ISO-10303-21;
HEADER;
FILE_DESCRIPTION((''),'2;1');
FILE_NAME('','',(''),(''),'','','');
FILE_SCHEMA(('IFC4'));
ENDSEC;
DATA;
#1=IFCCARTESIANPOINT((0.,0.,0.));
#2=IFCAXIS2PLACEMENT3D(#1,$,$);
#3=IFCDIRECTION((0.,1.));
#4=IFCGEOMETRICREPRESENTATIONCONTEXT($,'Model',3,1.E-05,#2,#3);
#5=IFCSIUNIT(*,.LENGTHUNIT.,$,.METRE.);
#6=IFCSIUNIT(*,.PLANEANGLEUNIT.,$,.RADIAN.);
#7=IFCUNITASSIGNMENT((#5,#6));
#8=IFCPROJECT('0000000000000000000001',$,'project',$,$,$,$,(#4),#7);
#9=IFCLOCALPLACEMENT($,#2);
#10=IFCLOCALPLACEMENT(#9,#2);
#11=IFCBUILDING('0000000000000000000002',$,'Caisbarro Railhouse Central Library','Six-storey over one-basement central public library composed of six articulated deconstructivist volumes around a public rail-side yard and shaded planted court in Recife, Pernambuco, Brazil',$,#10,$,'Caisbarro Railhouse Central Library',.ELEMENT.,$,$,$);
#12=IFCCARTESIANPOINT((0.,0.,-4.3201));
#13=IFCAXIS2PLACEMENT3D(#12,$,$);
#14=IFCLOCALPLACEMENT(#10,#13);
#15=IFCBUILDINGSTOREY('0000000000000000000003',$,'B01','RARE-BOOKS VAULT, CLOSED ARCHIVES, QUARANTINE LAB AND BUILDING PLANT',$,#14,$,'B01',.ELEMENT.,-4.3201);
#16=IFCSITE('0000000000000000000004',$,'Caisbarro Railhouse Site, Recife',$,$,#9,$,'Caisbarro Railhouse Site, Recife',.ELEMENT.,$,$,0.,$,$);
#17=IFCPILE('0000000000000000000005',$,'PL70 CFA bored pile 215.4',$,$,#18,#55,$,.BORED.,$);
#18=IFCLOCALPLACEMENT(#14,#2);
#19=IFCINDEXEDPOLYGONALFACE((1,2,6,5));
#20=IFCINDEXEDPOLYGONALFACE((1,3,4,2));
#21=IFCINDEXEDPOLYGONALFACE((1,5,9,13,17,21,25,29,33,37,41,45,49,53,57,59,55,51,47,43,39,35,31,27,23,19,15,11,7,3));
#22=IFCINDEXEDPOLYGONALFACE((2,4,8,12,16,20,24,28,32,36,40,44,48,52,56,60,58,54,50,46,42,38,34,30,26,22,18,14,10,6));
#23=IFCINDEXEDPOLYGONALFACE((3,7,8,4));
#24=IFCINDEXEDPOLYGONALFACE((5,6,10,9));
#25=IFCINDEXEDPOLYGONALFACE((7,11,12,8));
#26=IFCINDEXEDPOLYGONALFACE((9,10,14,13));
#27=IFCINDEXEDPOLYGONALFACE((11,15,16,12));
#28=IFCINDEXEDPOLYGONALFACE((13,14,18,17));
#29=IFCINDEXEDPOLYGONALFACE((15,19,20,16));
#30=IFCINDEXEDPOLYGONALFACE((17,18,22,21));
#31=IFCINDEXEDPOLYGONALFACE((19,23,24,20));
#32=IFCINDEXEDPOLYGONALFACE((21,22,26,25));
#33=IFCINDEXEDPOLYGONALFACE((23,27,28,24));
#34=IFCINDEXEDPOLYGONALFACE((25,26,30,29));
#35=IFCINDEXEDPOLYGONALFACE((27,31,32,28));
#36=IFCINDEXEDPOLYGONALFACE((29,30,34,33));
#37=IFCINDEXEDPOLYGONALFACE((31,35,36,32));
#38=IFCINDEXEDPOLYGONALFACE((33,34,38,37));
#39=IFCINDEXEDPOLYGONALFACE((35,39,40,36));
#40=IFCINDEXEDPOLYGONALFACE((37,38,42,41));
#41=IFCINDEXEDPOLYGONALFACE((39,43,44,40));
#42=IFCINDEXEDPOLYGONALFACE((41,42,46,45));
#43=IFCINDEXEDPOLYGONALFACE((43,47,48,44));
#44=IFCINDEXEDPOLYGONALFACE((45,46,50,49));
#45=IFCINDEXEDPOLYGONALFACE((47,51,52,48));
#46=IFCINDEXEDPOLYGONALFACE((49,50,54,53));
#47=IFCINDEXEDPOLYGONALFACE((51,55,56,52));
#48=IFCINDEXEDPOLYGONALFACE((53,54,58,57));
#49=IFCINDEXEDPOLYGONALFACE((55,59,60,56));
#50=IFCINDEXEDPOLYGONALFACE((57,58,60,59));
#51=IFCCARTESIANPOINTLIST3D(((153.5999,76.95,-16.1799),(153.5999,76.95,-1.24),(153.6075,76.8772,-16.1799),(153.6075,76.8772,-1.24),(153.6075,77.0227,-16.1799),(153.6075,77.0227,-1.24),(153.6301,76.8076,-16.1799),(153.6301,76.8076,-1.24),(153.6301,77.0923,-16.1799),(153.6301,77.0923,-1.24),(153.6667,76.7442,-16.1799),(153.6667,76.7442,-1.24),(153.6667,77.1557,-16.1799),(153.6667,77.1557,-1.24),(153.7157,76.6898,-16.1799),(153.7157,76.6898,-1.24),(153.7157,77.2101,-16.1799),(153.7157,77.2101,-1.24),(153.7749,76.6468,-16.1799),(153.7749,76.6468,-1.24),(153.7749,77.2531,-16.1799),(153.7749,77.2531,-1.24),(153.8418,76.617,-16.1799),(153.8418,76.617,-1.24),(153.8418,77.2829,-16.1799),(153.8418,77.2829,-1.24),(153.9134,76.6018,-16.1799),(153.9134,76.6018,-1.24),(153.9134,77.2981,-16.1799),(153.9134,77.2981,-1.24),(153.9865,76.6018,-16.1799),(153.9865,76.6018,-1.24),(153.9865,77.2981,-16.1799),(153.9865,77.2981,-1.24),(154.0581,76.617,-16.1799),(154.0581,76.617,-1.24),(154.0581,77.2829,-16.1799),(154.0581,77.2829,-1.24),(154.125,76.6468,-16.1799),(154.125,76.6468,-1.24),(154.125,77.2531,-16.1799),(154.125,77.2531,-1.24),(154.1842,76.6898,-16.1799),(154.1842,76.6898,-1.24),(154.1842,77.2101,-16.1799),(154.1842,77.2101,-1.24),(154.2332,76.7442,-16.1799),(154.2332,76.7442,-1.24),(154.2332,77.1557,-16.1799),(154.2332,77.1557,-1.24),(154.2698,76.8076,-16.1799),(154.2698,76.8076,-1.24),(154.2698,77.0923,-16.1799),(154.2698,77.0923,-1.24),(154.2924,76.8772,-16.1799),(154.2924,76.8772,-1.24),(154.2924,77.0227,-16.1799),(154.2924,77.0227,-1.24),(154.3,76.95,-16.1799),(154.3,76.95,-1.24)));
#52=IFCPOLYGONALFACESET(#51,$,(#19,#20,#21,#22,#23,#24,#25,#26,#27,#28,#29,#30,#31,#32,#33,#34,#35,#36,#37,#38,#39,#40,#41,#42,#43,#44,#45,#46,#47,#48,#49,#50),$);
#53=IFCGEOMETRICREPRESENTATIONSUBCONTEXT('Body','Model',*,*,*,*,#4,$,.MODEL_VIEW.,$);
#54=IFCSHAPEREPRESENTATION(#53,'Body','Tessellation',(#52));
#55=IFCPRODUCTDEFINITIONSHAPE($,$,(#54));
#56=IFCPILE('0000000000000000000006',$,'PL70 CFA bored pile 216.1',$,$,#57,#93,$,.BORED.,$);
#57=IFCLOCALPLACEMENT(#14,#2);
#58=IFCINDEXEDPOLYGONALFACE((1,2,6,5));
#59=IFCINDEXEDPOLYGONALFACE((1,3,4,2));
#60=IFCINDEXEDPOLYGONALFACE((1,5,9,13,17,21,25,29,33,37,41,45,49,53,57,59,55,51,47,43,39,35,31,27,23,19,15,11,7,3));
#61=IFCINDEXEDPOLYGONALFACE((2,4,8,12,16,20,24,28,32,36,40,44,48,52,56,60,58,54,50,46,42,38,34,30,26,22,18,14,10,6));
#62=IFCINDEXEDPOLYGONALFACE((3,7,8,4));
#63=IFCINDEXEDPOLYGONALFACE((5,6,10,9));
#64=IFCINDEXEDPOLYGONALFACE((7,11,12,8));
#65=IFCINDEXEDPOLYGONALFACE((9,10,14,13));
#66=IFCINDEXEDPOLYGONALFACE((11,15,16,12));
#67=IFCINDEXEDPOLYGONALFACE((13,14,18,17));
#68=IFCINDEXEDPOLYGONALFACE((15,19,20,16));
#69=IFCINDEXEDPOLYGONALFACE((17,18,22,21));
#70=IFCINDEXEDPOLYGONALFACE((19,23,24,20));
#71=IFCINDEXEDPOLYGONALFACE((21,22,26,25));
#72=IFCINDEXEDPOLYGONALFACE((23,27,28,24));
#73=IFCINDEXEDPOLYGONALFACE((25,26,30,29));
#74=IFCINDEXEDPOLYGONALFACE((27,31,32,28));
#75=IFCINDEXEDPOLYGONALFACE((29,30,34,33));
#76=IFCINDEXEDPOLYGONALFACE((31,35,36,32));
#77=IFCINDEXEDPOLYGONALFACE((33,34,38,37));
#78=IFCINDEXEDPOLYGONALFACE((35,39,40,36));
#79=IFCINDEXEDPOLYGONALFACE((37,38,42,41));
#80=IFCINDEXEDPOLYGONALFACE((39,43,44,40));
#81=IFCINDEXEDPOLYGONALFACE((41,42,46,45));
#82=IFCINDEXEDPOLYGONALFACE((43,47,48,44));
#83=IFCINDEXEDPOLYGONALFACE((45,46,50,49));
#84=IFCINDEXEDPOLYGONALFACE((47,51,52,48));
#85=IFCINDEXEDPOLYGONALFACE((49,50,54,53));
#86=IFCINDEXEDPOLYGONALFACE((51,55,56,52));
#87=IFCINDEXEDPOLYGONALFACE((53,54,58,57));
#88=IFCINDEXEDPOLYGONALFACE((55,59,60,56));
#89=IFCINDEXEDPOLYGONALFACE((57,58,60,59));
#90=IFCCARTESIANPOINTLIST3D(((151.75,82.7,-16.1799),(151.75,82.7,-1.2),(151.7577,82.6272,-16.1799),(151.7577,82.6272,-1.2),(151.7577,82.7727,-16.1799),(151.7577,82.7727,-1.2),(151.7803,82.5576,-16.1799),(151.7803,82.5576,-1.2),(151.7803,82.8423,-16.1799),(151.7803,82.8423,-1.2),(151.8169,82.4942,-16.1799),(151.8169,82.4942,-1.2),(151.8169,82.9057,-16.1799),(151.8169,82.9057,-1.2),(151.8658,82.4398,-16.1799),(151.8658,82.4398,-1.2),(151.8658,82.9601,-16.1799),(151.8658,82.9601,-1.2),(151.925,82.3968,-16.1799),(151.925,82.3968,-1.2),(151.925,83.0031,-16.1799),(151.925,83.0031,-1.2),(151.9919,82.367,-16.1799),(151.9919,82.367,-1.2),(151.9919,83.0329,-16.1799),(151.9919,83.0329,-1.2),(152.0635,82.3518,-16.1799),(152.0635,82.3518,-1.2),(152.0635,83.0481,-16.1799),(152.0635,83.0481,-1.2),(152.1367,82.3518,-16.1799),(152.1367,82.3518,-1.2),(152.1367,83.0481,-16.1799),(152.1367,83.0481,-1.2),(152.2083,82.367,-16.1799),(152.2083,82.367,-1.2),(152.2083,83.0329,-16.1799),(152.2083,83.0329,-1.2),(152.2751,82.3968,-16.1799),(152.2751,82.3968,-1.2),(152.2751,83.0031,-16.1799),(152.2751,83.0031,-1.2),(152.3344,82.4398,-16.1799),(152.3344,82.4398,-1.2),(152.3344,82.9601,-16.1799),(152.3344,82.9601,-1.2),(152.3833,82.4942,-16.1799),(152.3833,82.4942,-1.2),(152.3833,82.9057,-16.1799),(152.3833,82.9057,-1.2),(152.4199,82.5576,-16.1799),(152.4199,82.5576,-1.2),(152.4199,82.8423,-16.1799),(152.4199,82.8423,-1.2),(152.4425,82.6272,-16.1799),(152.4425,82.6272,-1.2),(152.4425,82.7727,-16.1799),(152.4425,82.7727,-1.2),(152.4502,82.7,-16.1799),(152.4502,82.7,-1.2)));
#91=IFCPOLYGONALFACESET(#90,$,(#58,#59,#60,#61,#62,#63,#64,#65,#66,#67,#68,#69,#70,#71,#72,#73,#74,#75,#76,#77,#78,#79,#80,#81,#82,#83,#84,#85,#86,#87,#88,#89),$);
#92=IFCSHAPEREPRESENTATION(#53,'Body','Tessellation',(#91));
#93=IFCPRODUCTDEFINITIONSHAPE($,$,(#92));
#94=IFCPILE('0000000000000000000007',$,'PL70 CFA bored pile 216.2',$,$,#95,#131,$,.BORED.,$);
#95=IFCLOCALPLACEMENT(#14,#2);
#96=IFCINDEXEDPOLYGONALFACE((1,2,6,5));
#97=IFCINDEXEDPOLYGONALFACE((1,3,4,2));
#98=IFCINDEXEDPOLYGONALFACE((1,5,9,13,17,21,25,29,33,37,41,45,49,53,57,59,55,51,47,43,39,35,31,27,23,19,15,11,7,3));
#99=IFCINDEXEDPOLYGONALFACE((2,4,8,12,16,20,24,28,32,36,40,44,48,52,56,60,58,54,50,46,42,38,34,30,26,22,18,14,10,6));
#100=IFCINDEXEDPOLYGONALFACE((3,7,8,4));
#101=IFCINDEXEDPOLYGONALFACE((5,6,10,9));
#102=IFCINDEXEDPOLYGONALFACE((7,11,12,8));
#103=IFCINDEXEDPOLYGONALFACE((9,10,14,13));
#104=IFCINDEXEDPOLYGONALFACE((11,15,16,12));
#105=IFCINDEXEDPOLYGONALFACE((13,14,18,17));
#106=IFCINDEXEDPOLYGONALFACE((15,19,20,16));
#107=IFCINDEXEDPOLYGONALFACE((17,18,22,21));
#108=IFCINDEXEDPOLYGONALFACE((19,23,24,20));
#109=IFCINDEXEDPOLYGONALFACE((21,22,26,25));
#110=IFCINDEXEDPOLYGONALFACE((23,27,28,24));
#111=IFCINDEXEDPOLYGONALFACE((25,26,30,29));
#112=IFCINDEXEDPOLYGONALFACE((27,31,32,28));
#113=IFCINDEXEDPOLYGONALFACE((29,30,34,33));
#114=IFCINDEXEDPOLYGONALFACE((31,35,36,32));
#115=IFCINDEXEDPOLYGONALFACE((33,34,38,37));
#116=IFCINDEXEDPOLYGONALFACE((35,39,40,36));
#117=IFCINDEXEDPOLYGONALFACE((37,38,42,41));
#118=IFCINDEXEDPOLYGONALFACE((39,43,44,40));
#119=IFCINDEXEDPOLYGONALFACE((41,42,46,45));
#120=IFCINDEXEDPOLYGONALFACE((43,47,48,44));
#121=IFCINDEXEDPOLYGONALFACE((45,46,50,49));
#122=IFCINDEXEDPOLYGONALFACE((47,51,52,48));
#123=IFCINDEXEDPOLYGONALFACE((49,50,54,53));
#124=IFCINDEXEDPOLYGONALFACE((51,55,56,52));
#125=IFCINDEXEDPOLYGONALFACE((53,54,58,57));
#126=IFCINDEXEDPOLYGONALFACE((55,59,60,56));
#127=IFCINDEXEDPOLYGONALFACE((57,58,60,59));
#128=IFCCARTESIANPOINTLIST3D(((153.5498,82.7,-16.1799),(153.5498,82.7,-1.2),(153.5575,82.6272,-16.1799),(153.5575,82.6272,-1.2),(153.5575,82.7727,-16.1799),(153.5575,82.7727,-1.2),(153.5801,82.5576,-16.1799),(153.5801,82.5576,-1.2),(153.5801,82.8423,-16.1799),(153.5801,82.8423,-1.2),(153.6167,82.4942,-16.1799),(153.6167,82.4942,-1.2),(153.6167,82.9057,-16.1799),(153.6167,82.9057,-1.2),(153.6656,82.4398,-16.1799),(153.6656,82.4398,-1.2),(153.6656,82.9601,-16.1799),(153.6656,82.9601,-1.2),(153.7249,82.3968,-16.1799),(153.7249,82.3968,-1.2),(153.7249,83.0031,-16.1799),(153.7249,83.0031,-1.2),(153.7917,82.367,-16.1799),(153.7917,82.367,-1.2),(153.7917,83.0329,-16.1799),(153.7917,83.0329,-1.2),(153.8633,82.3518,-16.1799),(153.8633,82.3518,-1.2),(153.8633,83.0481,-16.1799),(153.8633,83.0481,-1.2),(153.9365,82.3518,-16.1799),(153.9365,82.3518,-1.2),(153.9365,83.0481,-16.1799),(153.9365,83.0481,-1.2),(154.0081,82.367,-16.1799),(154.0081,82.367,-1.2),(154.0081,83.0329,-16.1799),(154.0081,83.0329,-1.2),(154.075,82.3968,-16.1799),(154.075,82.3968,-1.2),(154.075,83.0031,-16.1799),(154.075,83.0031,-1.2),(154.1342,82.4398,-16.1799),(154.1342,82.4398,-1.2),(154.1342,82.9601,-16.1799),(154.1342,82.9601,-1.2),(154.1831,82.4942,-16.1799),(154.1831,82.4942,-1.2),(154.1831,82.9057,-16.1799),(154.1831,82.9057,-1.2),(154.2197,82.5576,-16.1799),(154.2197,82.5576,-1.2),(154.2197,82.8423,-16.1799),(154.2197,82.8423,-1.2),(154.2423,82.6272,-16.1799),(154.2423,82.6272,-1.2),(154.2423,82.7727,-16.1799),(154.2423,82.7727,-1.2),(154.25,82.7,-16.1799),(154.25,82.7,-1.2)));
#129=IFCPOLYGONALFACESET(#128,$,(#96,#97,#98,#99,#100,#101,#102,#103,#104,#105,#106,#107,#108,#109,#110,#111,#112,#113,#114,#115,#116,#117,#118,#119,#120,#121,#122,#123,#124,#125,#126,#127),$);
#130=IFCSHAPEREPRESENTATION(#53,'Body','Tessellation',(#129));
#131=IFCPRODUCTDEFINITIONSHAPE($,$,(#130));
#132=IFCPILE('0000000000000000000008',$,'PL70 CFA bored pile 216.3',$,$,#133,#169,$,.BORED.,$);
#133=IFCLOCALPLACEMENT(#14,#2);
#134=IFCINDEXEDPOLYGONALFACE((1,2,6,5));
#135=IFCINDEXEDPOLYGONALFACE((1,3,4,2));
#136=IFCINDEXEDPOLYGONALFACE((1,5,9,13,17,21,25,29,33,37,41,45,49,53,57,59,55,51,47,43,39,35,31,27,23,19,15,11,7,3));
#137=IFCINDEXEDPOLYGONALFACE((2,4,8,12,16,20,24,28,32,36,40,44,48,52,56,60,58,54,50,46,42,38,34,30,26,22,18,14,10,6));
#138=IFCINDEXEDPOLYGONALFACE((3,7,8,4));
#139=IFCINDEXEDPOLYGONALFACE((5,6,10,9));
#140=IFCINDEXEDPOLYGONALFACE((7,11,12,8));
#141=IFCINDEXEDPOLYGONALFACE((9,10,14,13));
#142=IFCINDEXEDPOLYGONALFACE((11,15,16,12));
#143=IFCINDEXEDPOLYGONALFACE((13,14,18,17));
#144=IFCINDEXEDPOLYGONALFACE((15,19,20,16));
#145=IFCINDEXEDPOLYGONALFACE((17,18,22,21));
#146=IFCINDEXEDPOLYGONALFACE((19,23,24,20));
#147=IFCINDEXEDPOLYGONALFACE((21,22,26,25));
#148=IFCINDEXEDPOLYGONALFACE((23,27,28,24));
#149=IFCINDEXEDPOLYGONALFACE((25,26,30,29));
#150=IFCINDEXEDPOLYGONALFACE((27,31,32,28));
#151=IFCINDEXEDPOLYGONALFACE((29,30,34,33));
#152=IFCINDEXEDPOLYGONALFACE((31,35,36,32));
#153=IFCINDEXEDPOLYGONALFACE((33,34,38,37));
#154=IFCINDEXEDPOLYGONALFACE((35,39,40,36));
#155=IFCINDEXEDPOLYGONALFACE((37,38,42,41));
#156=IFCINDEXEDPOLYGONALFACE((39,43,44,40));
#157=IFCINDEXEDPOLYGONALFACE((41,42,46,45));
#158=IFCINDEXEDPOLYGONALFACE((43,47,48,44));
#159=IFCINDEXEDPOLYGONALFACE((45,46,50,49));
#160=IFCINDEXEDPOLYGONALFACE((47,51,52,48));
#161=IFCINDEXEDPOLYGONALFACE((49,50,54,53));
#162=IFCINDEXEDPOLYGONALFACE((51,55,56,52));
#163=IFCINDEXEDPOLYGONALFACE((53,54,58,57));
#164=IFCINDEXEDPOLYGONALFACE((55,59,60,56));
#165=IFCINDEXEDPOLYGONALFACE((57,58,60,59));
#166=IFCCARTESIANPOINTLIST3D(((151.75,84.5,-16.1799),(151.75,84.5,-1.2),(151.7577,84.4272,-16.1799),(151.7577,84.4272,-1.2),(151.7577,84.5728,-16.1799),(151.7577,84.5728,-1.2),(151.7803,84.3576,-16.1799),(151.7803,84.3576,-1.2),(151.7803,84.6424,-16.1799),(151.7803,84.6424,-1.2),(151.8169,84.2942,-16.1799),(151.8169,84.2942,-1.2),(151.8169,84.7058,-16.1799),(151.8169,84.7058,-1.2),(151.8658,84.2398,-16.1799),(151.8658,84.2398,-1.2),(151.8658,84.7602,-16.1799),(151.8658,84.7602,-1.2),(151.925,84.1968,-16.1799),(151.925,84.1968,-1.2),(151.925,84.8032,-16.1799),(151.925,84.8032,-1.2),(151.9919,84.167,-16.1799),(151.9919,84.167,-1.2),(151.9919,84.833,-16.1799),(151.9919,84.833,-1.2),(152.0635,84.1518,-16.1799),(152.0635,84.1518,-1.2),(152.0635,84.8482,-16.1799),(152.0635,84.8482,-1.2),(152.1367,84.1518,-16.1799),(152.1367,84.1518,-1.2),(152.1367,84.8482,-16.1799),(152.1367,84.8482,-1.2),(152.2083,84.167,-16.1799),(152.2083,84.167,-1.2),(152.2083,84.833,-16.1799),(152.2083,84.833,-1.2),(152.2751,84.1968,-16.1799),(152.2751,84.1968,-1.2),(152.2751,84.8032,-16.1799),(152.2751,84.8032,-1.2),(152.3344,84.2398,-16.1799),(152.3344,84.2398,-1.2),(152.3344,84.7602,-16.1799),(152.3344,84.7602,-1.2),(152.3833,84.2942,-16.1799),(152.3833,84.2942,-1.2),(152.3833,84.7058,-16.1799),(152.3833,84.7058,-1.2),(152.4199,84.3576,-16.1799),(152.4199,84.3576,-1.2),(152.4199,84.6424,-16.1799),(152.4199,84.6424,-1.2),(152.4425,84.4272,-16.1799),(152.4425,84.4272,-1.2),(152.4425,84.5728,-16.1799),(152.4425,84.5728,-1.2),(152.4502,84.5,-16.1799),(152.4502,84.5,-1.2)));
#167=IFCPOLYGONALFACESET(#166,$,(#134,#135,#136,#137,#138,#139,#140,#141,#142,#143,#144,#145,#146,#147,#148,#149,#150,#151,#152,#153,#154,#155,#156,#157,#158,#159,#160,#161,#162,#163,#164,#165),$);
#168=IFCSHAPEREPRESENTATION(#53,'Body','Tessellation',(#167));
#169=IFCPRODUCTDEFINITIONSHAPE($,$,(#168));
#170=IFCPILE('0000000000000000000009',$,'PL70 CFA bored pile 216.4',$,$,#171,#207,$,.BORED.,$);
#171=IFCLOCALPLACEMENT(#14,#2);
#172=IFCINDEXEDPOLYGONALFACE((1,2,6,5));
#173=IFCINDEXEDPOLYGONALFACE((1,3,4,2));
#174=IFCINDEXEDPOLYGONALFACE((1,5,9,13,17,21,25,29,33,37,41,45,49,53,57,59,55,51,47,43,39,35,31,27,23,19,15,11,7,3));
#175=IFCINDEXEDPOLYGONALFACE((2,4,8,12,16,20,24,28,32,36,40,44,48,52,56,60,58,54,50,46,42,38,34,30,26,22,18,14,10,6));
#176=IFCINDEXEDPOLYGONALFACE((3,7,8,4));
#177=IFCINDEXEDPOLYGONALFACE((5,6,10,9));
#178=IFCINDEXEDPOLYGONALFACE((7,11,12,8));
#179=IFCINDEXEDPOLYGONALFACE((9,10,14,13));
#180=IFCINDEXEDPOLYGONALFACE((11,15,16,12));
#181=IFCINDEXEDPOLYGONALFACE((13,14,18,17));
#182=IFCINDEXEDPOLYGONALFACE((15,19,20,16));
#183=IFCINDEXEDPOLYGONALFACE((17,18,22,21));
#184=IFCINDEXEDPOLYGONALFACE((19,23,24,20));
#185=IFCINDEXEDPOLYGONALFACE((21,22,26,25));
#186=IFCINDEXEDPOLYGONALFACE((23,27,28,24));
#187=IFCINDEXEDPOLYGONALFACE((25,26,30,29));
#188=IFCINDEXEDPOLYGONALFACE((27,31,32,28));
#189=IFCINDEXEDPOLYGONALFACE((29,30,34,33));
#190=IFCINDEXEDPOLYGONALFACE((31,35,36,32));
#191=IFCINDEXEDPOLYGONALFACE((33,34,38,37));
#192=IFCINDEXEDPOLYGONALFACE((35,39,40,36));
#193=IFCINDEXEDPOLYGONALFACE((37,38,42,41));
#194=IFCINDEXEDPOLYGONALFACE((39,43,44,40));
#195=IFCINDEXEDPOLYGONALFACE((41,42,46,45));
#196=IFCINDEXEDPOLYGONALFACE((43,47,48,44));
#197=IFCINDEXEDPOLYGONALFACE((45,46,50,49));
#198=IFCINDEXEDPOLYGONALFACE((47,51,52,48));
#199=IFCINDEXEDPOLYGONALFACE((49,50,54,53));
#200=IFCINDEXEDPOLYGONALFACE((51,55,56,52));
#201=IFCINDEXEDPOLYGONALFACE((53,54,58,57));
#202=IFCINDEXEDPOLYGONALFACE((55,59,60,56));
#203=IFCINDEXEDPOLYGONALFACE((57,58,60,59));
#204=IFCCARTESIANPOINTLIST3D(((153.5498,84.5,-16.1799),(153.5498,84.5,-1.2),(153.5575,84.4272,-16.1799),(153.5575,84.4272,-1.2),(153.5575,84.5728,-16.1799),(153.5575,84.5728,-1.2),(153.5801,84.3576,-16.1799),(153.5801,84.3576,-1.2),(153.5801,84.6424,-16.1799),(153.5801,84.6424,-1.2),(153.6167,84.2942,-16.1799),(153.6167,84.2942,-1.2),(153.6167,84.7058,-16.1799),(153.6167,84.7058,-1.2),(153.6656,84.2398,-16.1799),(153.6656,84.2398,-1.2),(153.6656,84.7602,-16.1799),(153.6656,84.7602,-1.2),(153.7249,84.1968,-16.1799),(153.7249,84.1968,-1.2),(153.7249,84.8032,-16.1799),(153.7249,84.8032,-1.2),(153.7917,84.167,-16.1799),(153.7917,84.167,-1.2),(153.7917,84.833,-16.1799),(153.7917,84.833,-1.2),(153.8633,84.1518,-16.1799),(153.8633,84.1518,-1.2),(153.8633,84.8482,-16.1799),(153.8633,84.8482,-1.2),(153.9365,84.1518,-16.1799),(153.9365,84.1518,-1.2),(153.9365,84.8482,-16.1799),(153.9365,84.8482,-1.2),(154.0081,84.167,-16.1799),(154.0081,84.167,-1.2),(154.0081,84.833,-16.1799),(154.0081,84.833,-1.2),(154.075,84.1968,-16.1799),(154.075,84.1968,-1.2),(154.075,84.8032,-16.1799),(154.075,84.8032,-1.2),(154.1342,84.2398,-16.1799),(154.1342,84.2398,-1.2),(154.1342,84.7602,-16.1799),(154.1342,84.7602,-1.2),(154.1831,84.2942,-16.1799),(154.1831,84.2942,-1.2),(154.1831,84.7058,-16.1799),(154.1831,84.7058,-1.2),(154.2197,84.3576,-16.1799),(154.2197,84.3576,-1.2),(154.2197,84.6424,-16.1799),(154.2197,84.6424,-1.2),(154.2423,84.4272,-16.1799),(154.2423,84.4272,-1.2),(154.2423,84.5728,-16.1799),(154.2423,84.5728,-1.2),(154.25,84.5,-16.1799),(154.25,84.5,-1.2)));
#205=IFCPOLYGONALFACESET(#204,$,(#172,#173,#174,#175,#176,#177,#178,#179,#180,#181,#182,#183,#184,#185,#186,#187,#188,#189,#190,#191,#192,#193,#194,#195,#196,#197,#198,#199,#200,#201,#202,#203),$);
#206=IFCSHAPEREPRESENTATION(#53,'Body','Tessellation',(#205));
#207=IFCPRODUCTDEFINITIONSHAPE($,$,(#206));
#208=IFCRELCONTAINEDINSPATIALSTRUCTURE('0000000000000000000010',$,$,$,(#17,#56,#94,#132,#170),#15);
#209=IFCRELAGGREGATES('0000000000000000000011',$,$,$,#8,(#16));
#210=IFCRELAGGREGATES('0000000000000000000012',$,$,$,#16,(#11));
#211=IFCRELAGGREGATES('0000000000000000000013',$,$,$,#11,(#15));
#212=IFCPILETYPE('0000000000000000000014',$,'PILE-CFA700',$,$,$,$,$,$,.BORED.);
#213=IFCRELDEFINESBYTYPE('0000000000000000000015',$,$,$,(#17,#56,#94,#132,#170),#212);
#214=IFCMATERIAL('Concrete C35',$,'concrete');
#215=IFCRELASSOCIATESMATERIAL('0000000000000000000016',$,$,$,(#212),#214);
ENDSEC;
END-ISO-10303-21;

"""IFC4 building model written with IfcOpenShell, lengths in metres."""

from ifc_helpers import new_model, si_unit, direction, frame, origin, origin_2d, place, context, subcontext, project, spatial, circle, extrude, material, material_profile, profile_set, type_object, element, save


model = new_model("IFC4")

# Units and contexts
model_context = context("Model", 3, precision=1e-05, world=origin(), true_north=direction((0.0, 1.0)))
body_context = subcontext(model_context, "Body", "Model", "MODEL_VIEW")
ifc_project = project(units=[si_unit("LENGTHUNIT", "METRE"), si_unit("PLANEANGLEUNIT", "RADIAN")], contexts=[model_context])

# Site, building, storey
site_placement = place(None, origin())
site = spatial("IfcSite", under=ifc_project, at=site_placement, Name="Caisbarro Railhouse Site, Recife", LongName="Caisbarro Railhouse Site, Recife", CompositionType="ELEMENT", RefElevation=0.0)
building_placement = place(site_placement, origin())
building = spatial("IfcBuilding", under=site, at=building_placement, Name="Caisbarro Railhouse Central Library", Description="Six-storey over one-basement central public library composed of six articulated deconstructivist volumes around a public rail-side yard and shaded planted court in Recife, Pernambuco, Brazil", LongName="Caisbarro Railhouse Central Library", CompositionType="ELEMENT")
storey_placement = place(building_placement, frame((0.0, 0.0, -4.3201)))
storey = spatial("IfcBuildingStorey", under=building, at=storey_placement, Name="B01", Description="RARE-BOOKS VAULT, CLOSED ARCHIVES, QUARANTINE LAB AND BUILDING PLANT", LongName="B01", CompositionType="ELEMENT", Elevation=-4.3201)

# Shared definitions
ifc_material_1 = material(Name="Concrete C35", Category="concrete")

# Piles
ifc_material_profile_1 = material_profile(ifc_material_1, circle(Radius=0.3501, at=origin_2d()), Name="PILE-CFA-700")
ifc_profile_set_1 = profile_set([ifc_material_profile_1], Name="Concrete C35")
pile_type_1 = type_object("IfcPileType", Name="PILE-CFA700", PredefinedType="BORED", material=ifc_profile_set_1)
for number, where, z_axis, x_axis, name in (
    (1, (153.95, 76.95, -1.24), (0.0, 0.0, -1.0), (1.0, 0.0, 0.0), "PL70 CFA bored pile 215.4"),
):
    element("IfcPile", number, at=place(storey_placement, frame(where, z_axis=z_axis, x_axis=x_axis)), inside=storey, type_object=pile_type_1, Name=name, PredefinedType="BORED", context=body_context, shape_type="SweptSolid", body=[
        extrude(circle(Radius=0.3501, at=origin_2d()), origin(), (0.0, 0.0, 1.0), 14.9399),
    ])
for number, where, z_axis, x_axis, name in (
    (2, (152.1001, 82.7, -1.2), (0.0, 0.0, -1.0), (1.0, 0.0, 0.0), "PL70 CFA bored pile 216.1"),
    (3, (153.8999, 82.7, -1.2), (0.0, 0.0, -1.0), (1.0, 0.0, 0.0), "PL70 CFA bored pile 216.2"),
    (4, (152.1001, 84.5, -1.2), (0.0, 0.0, -1.0), (1.0, 0.0, 0.0), "PL70 CFA bored pile 216.3"),
    (5, (153.8999, 84.5, -1.2), (0.0, 0.0, -1.0), (1.0, 0.0, 0.0), "PL70 CFA bored pile 216.4"),
):
    element("IfcPile", number, at=place(storey_placement, frame(where, z_axis=z_axis, x_axis=x_axis)), inside=storey, type_object=pile_type_1, Name=name, PredefinedType="BORED", context=body_context, shape_type="SweptSolid", body=[
        extrude(circle(Radius=0.3501, at=origin_2d()), origin(), (0.0, 0.0, 1.0), 14.98),
    ])

save(model, "model.ifc")
